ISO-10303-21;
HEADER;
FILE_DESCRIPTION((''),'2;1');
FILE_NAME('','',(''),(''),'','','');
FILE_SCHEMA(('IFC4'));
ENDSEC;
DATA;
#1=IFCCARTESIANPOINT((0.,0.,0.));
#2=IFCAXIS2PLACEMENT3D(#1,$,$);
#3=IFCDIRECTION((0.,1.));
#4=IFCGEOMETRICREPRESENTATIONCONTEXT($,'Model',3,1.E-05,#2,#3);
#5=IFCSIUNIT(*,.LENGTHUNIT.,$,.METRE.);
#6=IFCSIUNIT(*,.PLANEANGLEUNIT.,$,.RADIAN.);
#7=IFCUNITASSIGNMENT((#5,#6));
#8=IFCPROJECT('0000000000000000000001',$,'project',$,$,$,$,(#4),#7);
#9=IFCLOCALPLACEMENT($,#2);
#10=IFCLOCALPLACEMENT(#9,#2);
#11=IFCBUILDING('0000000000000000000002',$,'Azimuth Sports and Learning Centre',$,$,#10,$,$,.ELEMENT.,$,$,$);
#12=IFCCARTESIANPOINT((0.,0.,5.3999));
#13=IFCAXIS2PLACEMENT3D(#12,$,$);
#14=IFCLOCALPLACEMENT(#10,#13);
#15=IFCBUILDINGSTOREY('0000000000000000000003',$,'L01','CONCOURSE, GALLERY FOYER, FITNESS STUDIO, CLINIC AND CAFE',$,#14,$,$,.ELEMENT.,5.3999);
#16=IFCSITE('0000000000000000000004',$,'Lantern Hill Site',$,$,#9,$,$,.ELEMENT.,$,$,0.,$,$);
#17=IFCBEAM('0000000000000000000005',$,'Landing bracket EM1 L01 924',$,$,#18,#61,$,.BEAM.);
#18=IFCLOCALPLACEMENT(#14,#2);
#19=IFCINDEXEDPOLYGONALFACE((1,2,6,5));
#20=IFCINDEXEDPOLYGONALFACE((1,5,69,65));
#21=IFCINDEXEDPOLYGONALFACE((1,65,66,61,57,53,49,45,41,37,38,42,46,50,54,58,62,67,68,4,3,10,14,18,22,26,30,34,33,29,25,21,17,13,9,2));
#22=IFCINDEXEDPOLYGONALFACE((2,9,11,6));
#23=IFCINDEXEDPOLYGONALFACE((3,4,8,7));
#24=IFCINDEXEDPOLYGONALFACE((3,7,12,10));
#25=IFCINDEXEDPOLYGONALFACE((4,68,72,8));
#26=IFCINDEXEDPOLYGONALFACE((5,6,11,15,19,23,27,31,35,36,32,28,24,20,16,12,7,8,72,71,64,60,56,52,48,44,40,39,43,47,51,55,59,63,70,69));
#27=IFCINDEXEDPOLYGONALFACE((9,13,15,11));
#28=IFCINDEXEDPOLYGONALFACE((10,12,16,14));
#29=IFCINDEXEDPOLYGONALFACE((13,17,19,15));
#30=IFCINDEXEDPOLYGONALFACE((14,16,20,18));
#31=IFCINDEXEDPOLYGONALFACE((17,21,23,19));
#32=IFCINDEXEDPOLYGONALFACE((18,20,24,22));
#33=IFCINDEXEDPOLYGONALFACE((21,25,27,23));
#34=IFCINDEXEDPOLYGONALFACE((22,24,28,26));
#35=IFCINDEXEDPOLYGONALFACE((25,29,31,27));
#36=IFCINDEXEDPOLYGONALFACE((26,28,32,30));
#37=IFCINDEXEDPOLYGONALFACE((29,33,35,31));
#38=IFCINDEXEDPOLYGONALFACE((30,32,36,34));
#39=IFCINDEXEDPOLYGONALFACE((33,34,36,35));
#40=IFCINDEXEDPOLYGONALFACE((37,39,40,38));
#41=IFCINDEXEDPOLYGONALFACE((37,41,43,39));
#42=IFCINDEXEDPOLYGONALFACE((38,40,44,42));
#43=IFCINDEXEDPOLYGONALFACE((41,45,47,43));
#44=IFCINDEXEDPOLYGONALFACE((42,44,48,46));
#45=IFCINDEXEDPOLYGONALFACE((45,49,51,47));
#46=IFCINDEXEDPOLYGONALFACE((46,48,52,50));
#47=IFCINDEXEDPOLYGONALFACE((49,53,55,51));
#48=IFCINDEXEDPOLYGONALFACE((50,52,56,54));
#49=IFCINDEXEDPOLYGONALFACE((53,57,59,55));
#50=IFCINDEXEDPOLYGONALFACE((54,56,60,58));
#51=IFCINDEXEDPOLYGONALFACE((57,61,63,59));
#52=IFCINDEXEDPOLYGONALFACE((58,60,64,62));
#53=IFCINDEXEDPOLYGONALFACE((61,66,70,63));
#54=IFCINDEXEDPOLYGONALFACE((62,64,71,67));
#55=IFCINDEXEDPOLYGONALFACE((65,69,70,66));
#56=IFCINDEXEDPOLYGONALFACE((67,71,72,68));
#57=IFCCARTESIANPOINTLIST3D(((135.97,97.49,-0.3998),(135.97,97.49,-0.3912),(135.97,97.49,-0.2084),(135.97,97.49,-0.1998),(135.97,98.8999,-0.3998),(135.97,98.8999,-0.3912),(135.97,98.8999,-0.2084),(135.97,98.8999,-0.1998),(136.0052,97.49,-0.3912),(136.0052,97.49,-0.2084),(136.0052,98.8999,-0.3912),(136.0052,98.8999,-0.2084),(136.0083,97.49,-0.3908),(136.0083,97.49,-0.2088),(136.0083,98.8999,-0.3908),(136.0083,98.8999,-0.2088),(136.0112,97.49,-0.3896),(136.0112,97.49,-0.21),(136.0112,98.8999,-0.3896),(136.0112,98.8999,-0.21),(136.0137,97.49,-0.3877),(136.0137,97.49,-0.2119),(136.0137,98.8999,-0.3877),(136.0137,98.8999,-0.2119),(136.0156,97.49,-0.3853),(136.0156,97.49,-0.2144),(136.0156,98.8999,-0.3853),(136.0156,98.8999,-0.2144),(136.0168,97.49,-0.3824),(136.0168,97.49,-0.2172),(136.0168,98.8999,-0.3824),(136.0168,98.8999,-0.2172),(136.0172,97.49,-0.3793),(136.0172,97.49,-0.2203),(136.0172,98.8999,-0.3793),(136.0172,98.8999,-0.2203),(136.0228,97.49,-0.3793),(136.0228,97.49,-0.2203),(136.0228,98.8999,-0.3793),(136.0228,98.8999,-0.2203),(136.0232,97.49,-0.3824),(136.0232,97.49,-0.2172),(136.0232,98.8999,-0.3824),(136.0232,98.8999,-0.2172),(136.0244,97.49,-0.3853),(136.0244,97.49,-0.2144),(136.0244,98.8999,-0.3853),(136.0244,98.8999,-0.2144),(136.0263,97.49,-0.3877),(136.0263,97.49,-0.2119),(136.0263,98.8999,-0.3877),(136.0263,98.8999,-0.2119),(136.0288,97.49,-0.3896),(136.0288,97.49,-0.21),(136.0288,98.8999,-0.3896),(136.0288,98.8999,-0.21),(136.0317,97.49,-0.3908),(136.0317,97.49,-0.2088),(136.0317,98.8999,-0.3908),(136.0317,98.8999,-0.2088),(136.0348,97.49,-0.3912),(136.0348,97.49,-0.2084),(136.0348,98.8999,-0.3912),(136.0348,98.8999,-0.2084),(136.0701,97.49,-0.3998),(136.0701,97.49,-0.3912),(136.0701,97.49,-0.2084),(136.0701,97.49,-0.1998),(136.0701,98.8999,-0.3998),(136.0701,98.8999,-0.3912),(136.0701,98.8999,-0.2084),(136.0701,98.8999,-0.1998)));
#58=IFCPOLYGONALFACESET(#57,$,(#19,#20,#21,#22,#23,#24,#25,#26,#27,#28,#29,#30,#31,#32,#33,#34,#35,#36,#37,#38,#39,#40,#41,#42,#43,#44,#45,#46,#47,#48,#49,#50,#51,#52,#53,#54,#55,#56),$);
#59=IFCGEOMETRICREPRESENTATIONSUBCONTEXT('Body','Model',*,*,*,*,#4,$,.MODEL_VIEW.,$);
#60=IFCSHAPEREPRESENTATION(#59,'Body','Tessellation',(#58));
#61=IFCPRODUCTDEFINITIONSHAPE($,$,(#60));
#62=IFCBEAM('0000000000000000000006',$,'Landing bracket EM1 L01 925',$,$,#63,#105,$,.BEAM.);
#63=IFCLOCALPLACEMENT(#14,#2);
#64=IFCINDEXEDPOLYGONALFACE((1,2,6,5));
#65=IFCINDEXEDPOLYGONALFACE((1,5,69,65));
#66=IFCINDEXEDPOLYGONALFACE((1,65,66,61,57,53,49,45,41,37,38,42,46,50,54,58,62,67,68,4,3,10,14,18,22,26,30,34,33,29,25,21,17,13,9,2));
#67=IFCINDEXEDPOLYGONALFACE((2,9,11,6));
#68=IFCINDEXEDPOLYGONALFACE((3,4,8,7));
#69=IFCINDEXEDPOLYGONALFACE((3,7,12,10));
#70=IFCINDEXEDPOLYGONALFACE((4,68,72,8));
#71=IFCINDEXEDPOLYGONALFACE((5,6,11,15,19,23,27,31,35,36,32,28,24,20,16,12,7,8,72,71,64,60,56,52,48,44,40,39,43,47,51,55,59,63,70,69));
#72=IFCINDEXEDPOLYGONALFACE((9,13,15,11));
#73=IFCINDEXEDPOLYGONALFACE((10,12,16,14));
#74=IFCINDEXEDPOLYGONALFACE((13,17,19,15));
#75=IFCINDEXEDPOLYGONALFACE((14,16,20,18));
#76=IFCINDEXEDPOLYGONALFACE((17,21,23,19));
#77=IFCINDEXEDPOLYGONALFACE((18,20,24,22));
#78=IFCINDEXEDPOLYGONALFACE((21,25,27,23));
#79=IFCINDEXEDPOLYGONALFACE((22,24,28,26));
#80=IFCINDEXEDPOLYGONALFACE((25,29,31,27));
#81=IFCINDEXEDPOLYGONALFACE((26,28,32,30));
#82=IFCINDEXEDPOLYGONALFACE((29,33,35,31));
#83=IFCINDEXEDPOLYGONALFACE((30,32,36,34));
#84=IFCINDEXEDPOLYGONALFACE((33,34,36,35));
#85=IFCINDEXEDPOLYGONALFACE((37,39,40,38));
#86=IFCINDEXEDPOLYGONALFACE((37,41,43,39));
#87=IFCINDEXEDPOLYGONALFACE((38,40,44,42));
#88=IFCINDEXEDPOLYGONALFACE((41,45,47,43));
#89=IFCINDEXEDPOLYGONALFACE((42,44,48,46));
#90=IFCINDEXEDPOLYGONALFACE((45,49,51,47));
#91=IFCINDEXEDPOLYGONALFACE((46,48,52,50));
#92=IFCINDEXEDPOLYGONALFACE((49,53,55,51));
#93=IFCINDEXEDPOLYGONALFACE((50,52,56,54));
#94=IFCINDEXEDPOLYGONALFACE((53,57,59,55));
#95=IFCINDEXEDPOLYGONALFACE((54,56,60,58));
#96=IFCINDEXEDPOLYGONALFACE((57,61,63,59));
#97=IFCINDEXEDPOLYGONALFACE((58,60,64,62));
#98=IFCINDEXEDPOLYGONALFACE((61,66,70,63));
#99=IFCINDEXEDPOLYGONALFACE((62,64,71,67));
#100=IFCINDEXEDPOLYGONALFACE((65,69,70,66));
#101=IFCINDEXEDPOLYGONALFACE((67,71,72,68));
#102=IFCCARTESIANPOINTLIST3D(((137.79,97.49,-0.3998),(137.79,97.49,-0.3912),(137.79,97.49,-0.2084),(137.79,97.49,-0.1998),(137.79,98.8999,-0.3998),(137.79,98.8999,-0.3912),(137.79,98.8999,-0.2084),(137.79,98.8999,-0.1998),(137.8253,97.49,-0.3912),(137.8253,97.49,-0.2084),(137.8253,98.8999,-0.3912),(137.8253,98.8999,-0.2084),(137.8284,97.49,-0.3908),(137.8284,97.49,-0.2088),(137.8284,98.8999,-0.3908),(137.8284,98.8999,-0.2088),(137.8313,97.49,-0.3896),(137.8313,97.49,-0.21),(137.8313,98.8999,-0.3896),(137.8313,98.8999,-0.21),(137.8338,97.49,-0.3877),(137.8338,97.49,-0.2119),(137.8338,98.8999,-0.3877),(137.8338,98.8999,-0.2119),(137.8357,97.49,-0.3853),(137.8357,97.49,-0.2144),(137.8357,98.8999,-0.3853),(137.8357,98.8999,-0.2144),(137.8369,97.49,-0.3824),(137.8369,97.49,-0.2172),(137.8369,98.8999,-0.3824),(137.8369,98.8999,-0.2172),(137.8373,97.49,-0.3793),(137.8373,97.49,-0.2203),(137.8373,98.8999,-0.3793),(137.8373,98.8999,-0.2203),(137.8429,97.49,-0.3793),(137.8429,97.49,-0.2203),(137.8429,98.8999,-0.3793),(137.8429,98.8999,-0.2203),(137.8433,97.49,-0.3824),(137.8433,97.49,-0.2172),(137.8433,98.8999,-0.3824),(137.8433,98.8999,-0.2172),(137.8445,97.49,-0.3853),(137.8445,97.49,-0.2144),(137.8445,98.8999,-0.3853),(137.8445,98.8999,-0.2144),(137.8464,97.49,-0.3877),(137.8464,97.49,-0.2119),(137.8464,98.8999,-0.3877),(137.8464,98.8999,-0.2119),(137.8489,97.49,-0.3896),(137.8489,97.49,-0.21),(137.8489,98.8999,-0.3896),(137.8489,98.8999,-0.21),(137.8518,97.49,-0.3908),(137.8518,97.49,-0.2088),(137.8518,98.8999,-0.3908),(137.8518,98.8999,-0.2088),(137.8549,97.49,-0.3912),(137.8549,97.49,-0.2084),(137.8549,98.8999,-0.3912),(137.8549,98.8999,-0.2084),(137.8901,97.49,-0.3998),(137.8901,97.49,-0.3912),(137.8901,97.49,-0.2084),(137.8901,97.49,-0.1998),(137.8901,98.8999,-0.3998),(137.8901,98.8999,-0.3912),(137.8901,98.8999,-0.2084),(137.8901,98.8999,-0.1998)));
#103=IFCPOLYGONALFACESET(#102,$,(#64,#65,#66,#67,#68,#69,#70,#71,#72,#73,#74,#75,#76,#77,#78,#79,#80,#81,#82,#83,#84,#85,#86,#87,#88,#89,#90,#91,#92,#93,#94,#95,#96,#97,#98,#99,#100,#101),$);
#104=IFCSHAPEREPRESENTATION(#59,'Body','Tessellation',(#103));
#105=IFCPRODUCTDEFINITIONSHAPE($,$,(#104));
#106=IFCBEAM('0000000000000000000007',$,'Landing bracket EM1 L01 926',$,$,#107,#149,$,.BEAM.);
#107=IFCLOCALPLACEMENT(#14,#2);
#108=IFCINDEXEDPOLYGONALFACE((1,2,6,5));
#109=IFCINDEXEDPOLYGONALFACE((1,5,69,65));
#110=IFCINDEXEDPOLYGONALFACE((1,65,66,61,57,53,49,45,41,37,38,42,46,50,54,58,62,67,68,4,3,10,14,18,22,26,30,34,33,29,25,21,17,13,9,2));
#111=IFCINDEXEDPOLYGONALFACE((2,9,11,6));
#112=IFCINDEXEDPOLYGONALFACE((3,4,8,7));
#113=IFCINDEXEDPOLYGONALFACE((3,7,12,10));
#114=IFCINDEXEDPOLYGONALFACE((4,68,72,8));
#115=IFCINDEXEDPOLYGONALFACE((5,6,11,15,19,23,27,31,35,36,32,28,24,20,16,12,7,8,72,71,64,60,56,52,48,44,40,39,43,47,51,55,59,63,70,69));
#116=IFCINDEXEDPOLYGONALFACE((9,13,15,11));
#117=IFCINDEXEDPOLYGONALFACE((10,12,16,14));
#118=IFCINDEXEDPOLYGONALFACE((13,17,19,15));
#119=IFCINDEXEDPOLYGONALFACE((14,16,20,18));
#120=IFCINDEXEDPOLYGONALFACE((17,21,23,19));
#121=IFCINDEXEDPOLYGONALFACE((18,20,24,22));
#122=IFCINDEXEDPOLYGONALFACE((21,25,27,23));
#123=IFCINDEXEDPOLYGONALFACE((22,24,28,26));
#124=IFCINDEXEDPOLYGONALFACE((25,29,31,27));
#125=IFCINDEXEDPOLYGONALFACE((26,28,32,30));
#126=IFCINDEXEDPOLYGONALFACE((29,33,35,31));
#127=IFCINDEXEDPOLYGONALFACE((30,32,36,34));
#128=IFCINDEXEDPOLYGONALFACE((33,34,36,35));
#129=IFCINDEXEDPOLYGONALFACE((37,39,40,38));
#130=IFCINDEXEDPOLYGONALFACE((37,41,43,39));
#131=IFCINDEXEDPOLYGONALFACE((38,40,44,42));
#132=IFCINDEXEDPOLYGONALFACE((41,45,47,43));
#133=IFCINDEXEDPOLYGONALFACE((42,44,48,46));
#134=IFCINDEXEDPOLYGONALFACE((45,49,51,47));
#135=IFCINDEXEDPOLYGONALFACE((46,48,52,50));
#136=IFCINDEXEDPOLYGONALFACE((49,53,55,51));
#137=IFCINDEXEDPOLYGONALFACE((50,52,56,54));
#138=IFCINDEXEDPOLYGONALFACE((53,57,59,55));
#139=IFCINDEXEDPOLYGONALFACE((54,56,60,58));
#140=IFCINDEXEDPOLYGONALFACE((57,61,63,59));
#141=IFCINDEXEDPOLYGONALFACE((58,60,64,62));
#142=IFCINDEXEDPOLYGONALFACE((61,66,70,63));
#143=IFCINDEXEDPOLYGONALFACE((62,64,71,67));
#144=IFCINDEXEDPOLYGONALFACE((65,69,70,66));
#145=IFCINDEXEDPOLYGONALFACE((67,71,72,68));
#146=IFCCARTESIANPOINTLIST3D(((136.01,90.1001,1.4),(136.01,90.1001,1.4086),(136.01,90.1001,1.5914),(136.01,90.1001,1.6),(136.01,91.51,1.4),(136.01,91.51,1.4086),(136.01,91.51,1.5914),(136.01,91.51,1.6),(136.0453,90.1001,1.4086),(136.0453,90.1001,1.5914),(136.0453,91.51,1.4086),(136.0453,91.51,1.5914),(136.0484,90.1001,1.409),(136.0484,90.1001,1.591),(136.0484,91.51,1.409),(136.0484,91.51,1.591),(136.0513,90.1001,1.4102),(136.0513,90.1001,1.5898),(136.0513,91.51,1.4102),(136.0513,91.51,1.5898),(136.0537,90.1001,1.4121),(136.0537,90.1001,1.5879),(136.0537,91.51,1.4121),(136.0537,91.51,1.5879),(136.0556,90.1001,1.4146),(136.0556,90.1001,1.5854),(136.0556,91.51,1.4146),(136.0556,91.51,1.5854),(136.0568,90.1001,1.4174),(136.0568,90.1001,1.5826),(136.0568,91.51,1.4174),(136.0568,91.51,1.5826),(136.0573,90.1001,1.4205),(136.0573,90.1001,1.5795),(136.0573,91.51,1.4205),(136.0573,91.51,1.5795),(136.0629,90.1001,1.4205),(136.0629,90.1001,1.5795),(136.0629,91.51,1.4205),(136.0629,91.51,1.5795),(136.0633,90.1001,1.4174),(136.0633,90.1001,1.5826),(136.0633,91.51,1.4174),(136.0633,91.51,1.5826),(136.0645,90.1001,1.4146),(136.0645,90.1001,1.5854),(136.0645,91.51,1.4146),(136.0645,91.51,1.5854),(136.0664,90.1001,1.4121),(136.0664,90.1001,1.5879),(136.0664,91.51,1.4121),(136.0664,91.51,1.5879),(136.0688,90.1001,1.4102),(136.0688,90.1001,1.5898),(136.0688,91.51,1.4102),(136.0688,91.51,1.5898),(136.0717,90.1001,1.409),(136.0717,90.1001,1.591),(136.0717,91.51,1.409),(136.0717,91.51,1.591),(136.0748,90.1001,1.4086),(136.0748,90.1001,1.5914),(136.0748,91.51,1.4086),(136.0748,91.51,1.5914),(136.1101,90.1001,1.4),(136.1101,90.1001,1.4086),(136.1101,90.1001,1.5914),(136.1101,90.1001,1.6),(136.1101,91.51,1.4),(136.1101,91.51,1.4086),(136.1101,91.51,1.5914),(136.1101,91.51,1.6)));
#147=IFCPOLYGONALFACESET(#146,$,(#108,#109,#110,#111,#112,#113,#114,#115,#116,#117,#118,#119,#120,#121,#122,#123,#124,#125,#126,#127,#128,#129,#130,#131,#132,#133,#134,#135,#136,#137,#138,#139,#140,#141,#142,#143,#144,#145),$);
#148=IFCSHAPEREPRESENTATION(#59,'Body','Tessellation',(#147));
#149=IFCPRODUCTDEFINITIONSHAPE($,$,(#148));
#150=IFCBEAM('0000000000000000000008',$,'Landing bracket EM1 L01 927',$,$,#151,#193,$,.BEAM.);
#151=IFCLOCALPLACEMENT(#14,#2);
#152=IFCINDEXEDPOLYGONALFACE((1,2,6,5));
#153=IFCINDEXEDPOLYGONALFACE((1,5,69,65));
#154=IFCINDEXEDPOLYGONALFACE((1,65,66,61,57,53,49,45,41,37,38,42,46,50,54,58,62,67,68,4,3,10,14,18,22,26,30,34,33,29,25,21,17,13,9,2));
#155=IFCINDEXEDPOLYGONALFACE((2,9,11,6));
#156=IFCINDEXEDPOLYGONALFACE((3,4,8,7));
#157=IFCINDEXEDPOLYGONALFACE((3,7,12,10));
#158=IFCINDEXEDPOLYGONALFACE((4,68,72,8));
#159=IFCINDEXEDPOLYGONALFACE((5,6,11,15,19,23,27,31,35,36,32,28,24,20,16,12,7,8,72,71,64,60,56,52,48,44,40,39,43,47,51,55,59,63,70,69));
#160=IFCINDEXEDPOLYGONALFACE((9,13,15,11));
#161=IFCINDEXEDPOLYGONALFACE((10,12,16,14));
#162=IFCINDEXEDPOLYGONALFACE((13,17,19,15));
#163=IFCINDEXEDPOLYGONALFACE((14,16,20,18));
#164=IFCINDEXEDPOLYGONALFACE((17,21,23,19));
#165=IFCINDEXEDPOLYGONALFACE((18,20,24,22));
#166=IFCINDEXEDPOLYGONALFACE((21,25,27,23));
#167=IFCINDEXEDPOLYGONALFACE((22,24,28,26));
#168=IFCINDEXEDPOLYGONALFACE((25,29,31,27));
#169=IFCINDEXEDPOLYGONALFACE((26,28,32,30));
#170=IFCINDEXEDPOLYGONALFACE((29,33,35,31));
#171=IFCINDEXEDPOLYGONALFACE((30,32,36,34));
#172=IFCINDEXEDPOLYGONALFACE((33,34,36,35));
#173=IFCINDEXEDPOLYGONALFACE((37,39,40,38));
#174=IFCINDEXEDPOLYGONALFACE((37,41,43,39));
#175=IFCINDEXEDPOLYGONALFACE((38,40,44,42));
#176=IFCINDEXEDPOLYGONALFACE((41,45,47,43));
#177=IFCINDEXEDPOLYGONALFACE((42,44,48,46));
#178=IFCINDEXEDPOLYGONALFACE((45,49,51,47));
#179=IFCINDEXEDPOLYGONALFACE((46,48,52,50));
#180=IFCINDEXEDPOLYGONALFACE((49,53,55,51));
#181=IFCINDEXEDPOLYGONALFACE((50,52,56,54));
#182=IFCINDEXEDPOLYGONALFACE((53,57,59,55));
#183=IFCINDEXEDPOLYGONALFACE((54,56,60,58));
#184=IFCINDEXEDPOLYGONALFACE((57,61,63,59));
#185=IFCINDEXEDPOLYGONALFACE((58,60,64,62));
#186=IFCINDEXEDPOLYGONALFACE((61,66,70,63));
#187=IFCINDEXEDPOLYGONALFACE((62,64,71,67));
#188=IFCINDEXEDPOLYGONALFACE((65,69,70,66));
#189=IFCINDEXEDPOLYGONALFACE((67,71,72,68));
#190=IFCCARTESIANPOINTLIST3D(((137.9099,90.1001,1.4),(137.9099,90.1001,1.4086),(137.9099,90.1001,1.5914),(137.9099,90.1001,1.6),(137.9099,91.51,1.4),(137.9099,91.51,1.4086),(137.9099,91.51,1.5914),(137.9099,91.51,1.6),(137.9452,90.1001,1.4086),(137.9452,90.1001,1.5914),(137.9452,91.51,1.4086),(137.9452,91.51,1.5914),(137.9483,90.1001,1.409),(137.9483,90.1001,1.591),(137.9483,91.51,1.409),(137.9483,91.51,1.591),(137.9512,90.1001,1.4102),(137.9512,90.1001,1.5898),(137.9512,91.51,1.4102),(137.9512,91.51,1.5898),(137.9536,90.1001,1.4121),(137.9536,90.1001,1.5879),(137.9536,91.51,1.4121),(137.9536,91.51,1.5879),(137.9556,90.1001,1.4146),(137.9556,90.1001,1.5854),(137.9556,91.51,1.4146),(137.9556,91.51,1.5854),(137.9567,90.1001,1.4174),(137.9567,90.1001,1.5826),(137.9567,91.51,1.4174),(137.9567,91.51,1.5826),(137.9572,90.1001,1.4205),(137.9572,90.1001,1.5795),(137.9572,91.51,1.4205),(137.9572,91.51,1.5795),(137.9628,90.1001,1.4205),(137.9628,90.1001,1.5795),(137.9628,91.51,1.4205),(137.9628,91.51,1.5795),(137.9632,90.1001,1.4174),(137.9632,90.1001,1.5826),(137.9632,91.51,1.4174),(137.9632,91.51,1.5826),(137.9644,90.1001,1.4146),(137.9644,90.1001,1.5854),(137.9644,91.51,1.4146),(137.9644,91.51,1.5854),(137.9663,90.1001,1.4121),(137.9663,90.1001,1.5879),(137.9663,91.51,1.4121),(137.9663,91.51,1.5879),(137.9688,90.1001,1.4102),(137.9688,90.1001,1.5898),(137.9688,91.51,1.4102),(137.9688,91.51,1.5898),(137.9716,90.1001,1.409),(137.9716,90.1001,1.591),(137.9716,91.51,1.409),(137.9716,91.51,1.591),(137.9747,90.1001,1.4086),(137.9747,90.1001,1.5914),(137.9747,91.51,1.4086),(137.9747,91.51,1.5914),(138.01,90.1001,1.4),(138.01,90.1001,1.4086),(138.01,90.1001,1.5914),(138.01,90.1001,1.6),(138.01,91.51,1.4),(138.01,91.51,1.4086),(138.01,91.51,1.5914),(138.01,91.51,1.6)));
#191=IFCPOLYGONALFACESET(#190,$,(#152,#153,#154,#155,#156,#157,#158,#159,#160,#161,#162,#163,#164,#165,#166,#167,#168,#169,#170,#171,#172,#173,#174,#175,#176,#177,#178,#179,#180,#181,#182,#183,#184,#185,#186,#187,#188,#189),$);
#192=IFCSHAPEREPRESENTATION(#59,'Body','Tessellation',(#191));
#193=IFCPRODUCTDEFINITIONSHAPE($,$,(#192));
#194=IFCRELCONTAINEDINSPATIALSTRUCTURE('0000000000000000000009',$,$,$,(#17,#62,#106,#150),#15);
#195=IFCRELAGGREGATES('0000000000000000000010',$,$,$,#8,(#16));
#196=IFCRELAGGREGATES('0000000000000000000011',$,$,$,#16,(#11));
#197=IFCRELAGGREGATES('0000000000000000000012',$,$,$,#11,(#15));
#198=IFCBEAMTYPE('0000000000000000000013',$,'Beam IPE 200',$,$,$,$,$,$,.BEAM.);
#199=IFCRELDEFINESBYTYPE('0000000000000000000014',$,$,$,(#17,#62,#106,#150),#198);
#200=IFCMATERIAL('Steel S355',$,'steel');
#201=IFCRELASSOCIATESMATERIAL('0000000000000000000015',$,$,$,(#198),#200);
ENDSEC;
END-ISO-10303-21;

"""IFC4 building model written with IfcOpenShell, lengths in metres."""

from ifc_helpers import new_model, si_unit, direction, frame, origin, origin_2d, place, context, subcontext, project, spatial, i_section, extrude, material, material_profile, profile_set, type_object, element, save


model = new_model("IFC4")

# Units and contexts
model_context = context("Model", 3, precision=1e-05, world=origin(), true_north=direction((0.0, 1.0)))
body_context = subcontext(model_context, "Body", "Model", "MODEL_VIEW")
ifc_project = project(units=[si_unit("LENGTHUNIT", "METRE"), si_unit("PLANEANGLEUNIT", "RADIAN")], contexts=[model_context])

# Site, building, storey
site_placement = place(None, origin())
site = spatial("IfcSite", under=ifc_project, at=site_placement, Name="Lantern Hill Site", CompositionType="ELEMENT", RefElevation=0.0)
building_placement = place(site_placement, origin())
building = spatial("IfcBuilding", under=site, at=building_placement, Name="Azimuth Sports and Learning Centre", CompositionType="ELEMENT")
storey_placement = place(building_placement, frame((0.0, 0.0, 5.3999)))
storey = spatial("IfcBuildingStorey", under=building, at=storey_placement, Name="L01", Description="CONCOURSE, GALLERY FOYER, FITNESS STUDIO, CLINIC AND CAFE", CompositionType="ELEMENT", Elevation=5.3999)

# Beams
ifc_material_1 = material(Name="Steel S355", Category="steel")
ifc_material_profile_1 = material_profile(ifc_material_1, i_section(OverallWidth=0.1001, OverallDepth=0.2, WebThickness=0.0056, FlangeThickness=0.0085, FilletRadius=0.012, at=origin_2d()), Name="IPE 200")
ifc_profile_set_1 = profile_set([ifc_material_profile_1], Name="Steel S355")
beam_type_1 = type_object("IfcBeamType", Name="Beam IPE 200", PredefinedType="BEAM", material=ifc_profile_set_1)
for number, where, z_axis, x_axis, name in (
    (1, (136.02, 98.8999, -0.2998), (0.0, -1.0, 0.0), (1.0, 0.0, 0.0), "Landing bracket EM1 L01 924"),
    (2, (137.8401, 98.8999, -0.2998), (0.0, -1.0, 0.0), (1.0, 0.0, 0.0), "Landing bracket EM1 L01 925"),
    (3, (136.0601, 90.1001, 1.5), (0.0, 1.0, 0.0), (-1.0, 0.0, 0.0), "Landing bracket EM1 L01 926"),
    (4, (137.96, 90.1001, 1.5), (0.0, 1.0, 0.0), (-1.0, 0.0, 0.0), "Landing bracket EM1 L01 927"),
):
    element("IfcBeam", number, at=place(storey_placement, frame(where, z_axis=z_axis, x_axis=x_axis)), inside=storey, type_object=beam_type_1, Name=name, PredefinedType="BEAM", context=body_context, shape_type="SweptSolid", body=[
        extrude(i_section(OverallWidth=0.1001, OverallDepth=0.2, WebThickness=0.0056, FlangeThickness=0.0085, FilletRadius=0.012, at=origin_2d()), origin(), (0.0, 0.0, 1.0), 1.4099),
    ])

save(model, "model.ifc")
